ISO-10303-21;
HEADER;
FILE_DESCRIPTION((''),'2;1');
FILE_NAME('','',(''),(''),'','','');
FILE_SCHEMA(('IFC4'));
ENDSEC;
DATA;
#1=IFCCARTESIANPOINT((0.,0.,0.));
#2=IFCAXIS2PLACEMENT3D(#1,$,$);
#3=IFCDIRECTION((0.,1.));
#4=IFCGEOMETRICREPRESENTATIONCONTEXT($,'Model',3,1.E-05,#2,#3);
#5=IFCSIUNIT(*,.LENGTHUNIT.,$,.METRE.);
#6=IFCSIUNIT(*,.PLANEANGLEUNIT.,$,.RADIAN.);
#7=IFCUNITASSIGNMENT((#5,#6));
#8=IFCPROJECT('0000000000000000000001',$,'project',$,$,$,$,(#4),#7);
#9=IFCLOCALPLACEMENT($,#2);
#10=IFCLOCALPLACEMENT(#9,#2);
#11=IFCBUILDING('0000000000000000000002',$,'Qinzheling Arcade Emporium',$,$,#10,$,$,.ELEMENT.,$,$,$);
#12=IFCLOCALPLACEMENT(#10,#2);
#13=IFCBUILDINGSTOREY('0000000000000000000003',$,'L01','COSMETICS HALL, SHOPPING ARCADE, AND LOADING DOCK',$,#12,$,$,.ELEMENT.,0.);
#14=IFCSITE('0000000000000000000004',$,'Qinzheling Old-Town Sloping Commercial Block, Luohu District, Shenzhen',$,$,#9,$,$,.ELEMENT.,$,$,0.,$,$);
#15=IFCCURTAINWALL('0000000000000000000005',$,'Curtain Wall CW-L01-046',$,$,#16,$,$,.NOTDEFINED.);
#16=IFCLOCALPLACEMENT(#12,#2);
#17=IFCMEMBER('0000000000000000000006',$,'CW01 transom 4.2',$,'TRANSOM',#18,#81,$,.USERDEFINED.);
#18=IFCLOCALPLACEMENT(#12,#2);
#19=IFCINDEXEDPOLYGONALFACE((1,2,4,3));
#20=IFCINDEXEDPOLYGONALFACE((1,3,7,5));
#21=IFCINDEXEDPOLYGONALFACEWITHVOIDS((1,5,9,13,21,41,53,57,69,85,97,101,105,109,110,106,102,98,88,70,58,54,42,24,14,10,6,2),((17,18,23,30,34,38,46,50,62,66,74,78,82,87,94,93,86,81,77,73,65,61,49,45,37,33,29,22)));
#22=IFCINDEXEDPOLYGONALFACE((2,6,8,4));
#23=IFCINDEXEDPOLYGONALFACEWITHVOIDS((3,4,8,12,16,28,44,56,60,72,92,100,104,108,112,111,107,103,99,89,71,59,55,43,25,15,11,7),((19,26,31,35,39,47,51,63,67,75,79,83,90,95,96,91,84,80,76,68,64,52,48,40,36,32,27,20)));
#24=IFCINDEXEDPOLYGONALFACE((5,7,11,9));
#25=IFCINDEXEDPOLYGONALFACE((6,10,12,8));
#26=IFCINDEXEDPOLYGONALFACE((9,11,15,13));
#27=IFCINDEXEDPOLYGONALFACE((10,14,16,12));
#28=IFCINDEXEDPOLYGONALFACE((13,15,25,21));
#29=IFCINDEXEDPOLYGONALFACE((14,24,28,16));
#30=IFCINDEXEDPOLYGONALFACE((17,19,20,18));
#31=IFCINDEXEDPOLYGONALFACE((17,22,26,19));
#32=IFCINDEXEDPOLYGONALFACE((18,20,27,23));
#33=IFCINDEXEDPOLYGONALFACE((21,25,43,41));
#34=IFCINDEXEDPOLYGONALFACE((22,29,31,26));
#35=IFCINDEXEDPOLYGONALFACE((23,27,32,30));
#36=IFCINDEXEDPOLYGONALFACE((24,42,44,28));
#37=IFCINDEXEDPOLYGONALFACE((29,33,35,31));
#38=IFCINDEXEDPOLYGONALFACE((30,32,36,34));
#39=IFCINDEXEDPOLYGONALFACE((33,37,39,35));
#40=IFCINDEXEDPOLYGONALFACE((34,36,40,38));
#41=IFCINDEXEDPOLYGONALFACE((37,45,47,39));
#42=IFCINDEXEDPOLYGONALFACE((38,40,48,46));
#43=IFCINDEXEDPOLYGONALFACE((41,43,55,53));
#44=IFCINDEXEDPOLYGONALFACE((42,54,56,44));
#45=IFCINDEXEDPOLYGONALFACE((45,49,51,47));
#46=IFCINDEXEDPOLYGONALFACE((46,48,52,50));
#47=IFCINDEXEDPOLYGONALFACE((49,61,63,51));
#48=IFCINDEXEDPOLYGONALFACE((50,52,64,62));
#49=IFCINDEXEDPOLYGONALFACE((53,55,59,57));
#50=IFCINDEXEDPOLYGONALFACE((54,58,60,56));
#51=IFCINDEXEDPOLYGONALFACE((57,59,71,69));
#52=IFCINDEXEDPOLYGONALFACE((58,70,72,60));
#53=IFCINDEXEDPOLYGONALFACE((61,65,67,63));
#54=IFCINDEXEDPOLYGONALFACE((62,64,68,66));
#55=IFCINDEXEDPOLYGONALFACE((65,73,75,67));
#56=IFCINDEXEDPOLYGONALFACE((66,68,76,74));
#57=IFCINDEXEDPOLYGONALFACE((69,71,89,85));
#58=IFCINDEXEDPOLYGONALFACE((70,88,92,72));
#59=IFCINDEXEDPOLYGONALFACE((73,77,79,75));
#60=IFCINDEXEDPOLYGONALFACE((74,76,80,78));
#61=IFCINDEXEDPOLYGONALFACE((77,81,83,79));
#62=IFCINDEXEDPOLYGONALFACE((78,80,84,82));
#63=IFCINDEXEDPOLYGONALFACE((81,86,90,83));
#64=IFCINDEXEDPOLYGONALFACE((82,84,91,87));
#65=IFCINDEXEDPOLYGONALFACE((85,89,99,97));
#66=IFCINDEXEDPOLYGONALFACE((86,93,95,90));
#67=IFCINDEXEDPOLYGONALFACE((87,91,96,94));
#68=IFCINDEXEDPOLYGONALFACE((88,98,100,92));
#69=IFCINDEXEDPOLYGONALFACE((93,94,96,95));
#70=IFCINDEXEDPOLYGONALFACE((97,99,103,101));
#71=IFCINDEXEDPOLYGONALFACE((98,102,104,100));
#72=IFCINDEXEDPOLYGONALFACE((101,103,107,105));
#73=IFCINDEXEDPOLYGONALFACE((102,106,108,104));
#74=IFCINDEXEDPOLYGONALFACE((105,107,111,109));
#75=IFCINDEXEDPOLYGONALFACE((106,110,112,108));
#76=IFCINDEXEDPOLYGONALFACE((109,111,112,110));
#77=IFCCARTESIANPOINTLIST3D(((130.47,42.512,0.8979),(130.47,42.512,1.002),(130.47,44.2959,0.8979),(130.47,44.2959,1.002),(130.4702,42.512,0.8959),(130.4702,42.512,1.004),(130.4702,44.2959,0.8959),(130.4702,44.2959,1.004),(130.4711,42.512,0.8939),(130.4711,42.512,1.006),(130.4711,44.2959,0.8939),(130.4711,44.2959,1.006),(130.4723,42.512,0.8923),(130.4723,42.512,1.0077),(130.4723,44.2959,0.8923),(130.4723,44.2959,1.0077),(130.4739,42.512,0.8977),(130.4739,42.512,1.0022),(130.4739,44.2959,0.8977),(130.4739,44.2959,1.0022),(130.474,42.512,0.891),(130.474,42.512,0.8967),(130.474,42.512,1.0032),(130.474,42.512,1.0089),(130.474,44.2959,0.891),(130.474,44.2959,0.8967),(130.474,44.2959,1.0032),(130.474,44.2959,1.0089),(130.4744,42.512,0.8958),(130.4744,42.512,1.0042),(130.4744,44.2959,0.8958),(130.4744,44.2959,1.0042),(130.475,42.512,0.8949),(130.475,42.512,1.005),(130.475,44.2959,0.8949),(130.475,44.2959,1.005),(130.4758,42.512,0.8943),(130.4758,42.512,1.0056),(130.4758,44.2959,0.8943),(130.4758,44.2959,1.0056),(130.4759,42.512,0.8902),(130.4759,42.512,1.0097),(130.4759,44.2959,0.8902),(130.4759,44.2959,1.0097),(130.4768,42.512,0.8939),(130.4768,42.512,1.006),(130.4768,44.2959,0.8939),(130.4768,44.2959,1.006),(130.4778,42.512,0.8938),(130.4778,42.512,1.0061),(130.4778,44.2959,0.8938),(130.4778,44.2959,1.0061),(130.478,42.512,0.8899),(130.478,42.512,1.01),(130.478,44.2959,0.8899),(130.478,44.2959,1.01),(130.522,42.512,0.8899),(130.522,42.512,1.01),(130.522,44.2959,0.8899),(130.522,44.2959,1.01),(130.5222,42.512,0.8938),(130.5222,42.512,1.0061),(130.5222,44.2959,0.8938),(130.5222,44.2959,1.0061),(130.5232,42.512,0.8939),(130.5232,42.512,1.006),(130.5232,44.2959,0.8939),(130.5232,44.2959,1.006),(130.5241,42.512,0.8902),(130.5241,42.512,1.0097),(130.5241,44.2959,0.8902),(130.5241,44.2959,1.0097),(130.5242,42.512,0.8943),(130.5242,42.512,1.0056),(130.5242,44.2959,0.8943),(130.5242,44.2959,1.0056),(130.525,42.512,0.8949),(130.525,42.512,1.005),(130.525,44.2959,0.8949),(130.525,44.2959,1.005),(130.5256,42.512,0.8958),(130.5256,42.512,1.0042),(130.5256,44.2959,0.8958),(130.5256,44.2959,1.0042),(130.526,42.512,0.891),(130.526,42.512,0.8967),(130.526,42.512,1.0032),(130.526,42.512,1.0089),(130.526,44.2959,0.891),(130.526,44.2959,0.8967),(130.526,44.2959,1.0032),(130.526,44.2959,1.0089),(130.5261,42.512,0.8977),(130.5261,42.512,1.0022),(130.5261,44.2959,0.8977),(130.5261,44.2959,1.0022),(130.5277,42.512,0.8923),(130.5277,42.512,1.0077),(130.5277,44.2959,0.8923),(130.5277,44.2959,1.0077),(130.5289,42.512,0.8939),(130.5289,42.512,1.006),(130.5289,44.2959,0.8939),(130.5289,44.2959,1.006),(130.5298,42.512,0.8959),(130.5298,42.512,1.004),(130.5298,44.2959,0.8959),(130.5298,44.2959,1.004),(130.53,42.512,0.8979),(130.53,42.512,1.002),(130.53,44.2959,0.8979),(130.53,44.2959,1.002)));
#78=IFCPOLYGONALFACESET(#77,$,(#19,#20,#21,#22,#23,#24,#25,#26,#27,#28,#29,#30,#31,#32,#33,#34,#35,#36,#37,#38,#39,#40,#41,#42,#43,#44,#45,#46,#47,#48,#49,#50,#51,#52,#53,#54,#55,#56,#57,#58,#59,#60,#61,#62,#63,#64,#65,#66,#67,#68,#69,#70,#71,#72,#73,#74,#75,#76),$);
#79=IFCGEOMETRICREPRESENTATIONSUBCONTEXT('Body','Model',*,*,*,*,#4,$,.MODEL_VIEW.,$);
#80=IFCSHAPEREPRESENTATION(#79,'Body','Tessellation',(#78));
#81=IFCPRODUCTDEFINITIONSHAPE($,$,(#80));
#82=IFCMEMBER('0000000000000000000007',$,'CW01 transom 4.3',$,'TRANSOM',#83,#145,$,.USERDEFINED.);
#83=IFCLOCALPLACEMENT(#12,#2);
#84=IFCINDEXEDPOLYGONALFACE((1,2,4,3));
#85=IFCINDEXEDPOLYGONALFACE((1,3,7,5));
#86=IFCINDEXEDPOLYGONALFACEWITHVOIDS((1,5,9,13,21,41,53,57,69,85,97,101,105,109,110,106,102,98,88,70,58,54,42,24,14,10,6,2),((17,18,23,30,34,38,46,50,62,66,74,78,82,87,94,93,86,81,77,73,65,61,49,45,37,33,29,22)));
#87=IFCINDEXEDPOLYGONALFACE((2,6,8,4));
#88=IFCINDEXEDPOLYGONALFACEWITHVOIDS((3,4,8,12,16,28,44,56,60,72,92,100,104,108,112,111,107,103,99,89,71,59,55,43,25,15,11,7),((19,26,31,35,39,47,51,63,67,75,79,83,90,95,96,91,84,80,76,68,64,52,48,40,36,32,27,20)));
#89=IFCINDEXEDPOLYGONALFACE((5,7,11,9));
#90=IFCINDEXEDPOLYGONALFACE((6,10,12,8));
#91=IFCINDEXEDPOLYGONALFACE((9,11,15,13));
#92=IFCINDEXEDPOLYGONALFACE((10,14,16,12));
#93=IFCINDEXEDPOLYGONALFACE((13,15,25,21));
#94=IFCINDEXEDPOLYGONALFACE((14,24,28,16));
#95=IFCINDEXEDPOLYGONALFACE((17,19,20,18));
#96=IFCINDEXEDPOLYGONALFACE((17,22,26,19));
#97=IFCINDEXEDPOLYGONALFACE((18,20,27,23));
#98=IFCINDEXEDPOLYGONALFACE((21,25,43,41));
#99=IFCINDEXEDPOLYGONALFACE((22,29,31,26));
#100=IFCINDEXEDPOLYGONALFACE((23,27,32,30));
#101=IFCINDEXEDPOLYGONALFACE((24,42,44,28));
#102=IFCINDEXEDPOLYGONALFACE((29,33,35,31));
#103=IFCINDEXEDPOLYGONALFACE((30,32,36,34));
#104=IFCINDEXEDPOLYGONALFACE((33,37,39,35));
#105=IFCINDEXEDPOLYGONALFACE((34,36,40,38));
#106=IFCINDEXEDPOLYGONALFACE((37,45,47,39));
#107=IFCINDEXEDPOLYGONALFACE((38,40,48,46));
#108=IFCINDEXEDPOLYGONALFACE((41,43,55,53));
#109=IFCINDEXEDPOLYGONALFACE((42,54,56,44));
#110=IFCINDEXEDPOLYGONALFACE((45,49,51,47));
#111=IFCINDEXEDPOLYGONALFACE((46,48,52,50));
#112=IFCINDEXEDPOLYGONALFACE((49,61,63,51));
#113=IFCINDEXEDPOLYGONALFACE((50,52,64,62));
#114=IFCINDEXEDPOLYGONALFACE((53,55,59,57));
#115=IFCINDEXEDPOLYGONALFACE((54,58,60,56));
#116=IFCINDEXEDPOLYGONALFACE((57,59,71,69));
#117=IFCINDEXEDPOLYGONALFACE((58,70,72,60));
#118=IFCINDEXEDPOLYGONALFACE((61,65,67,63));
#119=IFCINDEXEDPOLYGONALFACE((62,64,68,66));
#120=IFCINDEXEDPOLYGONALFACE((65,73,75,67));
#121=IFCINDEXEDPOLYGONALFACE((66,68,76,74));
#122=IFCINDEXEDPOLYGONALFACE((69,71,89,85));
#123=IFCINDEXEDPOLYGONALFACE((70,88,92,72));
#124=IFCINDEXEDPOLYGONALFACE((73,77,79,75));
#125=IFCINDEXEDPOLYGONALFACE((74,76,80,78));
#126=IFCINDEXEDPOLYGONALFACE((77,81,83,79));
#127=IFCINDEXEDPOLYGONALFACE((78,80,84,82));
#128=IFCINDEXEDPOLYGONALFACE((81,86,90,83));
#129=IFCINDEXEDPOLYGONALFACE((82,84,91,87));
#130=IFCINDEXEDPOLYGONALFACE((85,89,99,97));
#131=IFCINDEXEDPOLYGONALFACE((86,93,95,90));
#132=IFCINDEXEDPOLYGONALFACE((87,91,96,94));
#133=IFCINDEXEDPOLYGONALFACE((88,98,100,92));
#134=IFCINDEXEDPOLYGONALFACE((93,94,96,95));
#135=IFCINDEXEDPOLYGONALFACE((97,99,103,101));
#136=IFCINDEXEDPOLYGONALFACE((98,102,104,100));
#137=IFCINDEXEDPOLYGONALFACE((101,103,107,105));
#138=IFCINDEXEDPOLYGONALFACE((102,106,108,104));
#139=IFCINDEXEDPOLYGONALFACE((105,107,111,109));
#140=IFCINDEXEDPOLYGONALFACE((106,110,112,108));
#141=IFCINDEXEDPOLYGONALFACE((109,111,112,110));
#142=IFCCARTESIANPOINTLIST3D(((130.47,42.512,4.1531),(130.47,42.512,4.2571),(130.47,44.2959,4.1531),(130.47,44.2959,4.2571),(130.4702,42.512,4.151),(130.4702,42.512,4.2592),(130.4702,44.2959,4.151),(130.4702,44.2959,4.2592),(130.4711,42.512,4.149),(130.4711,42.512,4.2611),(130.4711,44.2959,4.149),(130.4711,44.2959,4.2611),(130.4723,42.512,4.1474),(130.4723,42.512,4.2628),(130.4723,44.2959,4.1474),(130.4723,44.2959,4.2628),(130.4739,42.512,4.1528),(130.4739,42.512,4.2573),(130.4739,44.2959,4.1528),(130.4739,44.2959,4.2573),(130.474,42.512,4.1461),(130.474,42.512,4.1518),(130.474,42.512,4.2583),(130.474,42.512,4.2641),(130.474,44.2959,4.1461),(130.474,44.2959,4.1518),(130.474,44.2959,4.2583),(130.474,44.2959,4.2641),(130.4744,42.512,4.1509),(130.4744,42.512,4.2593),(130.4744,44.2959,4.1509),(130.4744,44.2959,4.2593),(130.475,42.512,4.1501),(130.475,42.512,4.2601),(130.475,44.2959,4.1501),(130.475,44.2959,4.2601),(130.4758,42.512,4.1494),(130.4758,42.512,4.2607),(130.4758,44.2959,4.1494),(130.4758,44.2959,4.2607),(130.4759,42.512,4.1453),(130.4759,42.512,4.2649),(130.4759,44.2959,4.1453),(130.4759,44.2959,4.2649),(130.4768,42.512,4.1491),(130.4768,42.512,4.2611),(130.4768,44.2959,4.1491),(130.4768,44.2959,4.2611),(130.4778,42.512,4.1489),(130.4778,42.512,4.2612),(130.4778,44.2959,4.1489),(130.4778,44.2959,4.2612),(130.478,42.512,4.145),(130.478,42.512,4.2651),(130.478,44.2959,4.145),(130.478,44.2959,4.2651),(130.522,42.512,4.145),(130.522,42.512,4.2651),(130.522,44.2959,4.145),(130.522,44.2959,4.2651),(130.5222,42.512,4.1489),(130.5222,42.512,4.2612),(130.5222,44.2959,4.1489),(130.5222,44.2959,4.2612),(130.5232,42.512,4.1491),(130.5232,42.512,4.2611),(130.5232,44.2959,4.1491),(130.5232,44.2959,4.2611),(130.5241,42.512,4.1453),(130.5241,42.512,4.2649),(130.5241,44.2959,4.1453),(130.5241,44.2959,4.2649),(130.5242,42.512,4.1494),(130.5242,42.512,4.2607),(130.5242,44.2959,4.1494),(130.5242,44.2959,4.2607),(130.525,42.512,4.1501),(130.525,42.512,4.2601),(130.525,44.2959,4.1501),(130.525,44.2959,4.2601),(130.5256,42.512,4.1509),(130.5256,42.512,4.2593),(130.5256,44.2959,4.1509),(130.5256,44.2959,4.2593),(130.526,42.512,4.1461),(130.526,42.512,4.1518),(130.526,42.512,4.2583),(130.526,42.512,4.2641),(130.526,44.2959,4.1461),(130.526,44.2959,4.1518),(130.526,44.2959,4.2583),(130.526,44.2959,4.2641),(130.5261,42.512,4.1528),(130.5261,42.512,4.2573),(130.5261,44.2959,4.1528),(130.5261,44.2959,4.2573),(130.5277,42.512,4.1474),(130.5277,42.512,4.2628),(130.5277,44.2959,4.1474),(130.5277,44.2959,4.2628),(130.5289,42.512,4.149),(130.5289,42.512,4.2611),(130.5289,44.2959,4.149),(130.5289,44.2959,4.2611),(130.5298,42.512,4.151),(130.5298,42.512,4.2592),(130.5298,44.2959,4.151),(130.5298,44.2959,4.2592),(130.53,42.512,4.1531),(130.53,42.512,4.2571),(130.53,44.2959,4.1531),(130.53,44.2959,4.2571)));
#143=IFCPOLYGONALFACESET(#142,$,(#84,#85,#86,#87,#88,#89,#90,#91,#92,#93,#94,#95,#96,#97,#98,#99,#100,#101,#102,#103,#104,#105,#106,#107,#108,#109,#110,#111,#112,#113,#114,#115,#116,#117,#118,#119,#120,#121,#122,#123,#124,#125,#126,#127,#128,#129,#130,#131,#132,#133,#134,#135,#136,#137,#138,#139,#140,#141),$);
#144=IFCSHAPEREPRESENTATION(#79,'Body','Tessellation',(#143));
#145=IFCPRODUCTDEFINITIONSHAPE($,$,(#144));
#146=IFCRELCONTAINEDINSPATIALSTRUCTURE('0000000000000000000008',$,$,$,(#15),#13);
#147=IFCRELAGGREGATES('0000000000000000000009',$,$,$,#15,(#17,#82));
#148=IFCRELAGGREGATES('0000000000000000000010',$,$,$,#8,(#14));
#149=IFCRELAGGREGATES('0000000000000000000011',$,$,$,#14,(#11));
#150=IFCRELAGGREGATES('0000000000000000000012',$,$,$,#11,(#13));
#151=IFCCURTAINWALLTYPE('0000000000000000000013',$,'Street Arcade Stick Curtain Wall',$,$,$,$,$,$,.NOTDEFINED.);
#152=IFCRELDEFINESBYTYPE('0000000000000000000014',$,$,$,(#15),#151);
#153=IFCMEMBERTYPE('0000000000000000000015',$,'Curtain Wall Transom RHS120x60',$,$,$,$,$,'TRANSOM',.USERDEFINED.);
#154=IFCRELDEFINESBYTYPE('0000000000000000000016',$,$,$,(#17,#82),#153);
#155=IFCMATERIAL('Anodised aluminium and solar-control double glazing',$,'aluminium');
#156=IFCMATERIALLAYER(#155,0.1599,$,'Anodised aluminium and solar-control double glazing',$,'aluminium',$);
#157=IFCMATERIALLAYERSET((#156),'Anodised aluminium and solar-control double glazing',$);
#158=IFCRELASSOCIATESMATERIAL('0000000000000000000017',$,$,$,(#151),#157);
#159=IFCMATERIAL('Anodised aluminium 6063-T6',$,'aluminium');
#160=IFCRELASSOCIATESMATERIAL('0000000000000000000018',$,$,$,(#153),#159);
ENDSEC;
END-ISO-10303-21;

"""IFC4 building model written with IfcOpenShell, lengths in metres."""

from ifc_helpers import new_model, si_unit, direction, frame, origin, origin_2d, place, context, subcontext, project, spatial, hollow_rectangle, extrude, material, layer, layer_set, material_profile, profile_set, type_object, element, aggregate, save


model = new_model("IFC4")

# Units and contexts
model_context = context("Model", 3, precision=1e-05, world=origin(), true_north=direction((0.0, 1.0)))
body_context = subcontext(model_context, "Body", "Model", "MODEL_VIEW")
ifc_project = project(units=[si_unit("LENGTHUNIT", "METRE"), si_unit("PLANEANGLEUNIT", "RADIAN")], contexts=[model_context])

# Site, building, storey
site_placement = place(None, origin())
site = spatial("IfcSite", under=ifc_project, at=site_placement, Name="Qinzheling Old-Town Sloping Commercial Block, Luohu District, Shenzhen", CompositionType="ELEMENT", RefElevation=0.0)
building_placement = place(site_placement, origin())
building = spatial("IfcBuilding", under=site, at=building_placement, Name="Qinzheling Arcade Emporium", CompositionType="ELEMENT")
storey_placement = place(building_placement, origin())
storey = spatial("IfcBuildingStorey", under=building, at=storey_placement, Name="L01", Description="COSMETICS HALL, SHOPPING ARCADE, AND LOADING DOCK", CompositionType="ELEMENT", Elevation=0.0)

# Curtain wall, members
ifc_material_1 = material(Name="Anodised aluminium and solar-control double glazing", Category="aluminium")
ifc_layer_1 = layer(ifc_material_1, 0.1599, Name="Anodised aluminium and solar-control double glazing", Category="aluminium")
ifc_layer_set_1 = layer_set([ifc_layer_1], Name="Anodised aluminium and solar-control double glazing")
curtain_wall_type = type_object("IfcCurtainWallType", Name="Street Arcade Stick Curtain Wall", PredefinedType="NOTDEFINED", material=ifc_layer_set_1)
curtain_wall_placement = place(storey_placement, origin())
curtain_wall = element("IfcCurtainWall", 1, at=curtain_wall_placement, inside=storey, type_object=curtain_wall_type, Name="Curtain Wall CW-L01-046", PredefinedType="NOTDEFINED")
ifc_material_2 = material(Name="Anodised aluminium 6063-T6", Category="aluminium")
ifc_material_profile_1 = material_profile(ifc_material_2, hollow_rectangle(XDim=0.0601, YDim=0.1201, WallThickness=0.0039, InnerFilletRadius=0.0039, OuterFilletRadius=0.0081, at=origin_2d()), Name="RHS 120x60x4", Category="aluminium")
ifc_profile_set_1 = profile_set([ifc_material_profile_1], Name="Anodised aluminium 6063-T6")
member_type_1 = type_object("IfcMemberType", Name="Curtain Wall Transom RHS120x60", ElementType="TRANSOM", PredefinedType="USERDEFINED", material=ifc_profile_set_1)
member_1_placement = place(storey_placement, frame((130.5, 44.2959, 0.95), z_axis=(0.0, -1.0, 0.0), x_axis=(1.0, 0.0, 0.0)))
member_1 = element("IfcMember", 2, at=member_1_placement, type_object=member_type_1, Name="CW01 transom 4.2", ObjectType="TRANSOM", PredefinedType="USERDEFINED", context=body_context, shape_type="SweptSolid", body=[
    extrude(hollow_rectangle(XDim=0.0601, YDim=0.1201, WallThickness=0.0039, InnerFilletRadius=0.0039, OuterFilletRadius=0.0081, at=origin_2d()), origin(), (0.0, 0.0, 1.0), 1.7839),
])
member_2_placement = place(storey_placement, frame((130.5, 44.2959, 4.2051), z_axis=(0.0, -1.0, 0.0), x_axis=(1.0, 0.0, 0.0)))
member_2 = element("IfcMember", 3, at=member_2_placement, type_object=member_type_1, Name="CW01 transom 4.3", ObjectType="TRANSOM", PredefinedType="USERDEFINED", context=body_context, shape_type="SweptSolid", body=[
    extrude(hollow_rectangle(XDim=0.0601, YDim=0.1201, WallThickness=0.0039, InnerFilletRadius=0.0039, OuterFilletRadius=0.0081, at=origin_2d()), origin(), (0.0, 0.0, 1.0), 1.7839),
])

aggregate(curtain_wall, [member_1, member_2])

save(model, "model.ifc")
